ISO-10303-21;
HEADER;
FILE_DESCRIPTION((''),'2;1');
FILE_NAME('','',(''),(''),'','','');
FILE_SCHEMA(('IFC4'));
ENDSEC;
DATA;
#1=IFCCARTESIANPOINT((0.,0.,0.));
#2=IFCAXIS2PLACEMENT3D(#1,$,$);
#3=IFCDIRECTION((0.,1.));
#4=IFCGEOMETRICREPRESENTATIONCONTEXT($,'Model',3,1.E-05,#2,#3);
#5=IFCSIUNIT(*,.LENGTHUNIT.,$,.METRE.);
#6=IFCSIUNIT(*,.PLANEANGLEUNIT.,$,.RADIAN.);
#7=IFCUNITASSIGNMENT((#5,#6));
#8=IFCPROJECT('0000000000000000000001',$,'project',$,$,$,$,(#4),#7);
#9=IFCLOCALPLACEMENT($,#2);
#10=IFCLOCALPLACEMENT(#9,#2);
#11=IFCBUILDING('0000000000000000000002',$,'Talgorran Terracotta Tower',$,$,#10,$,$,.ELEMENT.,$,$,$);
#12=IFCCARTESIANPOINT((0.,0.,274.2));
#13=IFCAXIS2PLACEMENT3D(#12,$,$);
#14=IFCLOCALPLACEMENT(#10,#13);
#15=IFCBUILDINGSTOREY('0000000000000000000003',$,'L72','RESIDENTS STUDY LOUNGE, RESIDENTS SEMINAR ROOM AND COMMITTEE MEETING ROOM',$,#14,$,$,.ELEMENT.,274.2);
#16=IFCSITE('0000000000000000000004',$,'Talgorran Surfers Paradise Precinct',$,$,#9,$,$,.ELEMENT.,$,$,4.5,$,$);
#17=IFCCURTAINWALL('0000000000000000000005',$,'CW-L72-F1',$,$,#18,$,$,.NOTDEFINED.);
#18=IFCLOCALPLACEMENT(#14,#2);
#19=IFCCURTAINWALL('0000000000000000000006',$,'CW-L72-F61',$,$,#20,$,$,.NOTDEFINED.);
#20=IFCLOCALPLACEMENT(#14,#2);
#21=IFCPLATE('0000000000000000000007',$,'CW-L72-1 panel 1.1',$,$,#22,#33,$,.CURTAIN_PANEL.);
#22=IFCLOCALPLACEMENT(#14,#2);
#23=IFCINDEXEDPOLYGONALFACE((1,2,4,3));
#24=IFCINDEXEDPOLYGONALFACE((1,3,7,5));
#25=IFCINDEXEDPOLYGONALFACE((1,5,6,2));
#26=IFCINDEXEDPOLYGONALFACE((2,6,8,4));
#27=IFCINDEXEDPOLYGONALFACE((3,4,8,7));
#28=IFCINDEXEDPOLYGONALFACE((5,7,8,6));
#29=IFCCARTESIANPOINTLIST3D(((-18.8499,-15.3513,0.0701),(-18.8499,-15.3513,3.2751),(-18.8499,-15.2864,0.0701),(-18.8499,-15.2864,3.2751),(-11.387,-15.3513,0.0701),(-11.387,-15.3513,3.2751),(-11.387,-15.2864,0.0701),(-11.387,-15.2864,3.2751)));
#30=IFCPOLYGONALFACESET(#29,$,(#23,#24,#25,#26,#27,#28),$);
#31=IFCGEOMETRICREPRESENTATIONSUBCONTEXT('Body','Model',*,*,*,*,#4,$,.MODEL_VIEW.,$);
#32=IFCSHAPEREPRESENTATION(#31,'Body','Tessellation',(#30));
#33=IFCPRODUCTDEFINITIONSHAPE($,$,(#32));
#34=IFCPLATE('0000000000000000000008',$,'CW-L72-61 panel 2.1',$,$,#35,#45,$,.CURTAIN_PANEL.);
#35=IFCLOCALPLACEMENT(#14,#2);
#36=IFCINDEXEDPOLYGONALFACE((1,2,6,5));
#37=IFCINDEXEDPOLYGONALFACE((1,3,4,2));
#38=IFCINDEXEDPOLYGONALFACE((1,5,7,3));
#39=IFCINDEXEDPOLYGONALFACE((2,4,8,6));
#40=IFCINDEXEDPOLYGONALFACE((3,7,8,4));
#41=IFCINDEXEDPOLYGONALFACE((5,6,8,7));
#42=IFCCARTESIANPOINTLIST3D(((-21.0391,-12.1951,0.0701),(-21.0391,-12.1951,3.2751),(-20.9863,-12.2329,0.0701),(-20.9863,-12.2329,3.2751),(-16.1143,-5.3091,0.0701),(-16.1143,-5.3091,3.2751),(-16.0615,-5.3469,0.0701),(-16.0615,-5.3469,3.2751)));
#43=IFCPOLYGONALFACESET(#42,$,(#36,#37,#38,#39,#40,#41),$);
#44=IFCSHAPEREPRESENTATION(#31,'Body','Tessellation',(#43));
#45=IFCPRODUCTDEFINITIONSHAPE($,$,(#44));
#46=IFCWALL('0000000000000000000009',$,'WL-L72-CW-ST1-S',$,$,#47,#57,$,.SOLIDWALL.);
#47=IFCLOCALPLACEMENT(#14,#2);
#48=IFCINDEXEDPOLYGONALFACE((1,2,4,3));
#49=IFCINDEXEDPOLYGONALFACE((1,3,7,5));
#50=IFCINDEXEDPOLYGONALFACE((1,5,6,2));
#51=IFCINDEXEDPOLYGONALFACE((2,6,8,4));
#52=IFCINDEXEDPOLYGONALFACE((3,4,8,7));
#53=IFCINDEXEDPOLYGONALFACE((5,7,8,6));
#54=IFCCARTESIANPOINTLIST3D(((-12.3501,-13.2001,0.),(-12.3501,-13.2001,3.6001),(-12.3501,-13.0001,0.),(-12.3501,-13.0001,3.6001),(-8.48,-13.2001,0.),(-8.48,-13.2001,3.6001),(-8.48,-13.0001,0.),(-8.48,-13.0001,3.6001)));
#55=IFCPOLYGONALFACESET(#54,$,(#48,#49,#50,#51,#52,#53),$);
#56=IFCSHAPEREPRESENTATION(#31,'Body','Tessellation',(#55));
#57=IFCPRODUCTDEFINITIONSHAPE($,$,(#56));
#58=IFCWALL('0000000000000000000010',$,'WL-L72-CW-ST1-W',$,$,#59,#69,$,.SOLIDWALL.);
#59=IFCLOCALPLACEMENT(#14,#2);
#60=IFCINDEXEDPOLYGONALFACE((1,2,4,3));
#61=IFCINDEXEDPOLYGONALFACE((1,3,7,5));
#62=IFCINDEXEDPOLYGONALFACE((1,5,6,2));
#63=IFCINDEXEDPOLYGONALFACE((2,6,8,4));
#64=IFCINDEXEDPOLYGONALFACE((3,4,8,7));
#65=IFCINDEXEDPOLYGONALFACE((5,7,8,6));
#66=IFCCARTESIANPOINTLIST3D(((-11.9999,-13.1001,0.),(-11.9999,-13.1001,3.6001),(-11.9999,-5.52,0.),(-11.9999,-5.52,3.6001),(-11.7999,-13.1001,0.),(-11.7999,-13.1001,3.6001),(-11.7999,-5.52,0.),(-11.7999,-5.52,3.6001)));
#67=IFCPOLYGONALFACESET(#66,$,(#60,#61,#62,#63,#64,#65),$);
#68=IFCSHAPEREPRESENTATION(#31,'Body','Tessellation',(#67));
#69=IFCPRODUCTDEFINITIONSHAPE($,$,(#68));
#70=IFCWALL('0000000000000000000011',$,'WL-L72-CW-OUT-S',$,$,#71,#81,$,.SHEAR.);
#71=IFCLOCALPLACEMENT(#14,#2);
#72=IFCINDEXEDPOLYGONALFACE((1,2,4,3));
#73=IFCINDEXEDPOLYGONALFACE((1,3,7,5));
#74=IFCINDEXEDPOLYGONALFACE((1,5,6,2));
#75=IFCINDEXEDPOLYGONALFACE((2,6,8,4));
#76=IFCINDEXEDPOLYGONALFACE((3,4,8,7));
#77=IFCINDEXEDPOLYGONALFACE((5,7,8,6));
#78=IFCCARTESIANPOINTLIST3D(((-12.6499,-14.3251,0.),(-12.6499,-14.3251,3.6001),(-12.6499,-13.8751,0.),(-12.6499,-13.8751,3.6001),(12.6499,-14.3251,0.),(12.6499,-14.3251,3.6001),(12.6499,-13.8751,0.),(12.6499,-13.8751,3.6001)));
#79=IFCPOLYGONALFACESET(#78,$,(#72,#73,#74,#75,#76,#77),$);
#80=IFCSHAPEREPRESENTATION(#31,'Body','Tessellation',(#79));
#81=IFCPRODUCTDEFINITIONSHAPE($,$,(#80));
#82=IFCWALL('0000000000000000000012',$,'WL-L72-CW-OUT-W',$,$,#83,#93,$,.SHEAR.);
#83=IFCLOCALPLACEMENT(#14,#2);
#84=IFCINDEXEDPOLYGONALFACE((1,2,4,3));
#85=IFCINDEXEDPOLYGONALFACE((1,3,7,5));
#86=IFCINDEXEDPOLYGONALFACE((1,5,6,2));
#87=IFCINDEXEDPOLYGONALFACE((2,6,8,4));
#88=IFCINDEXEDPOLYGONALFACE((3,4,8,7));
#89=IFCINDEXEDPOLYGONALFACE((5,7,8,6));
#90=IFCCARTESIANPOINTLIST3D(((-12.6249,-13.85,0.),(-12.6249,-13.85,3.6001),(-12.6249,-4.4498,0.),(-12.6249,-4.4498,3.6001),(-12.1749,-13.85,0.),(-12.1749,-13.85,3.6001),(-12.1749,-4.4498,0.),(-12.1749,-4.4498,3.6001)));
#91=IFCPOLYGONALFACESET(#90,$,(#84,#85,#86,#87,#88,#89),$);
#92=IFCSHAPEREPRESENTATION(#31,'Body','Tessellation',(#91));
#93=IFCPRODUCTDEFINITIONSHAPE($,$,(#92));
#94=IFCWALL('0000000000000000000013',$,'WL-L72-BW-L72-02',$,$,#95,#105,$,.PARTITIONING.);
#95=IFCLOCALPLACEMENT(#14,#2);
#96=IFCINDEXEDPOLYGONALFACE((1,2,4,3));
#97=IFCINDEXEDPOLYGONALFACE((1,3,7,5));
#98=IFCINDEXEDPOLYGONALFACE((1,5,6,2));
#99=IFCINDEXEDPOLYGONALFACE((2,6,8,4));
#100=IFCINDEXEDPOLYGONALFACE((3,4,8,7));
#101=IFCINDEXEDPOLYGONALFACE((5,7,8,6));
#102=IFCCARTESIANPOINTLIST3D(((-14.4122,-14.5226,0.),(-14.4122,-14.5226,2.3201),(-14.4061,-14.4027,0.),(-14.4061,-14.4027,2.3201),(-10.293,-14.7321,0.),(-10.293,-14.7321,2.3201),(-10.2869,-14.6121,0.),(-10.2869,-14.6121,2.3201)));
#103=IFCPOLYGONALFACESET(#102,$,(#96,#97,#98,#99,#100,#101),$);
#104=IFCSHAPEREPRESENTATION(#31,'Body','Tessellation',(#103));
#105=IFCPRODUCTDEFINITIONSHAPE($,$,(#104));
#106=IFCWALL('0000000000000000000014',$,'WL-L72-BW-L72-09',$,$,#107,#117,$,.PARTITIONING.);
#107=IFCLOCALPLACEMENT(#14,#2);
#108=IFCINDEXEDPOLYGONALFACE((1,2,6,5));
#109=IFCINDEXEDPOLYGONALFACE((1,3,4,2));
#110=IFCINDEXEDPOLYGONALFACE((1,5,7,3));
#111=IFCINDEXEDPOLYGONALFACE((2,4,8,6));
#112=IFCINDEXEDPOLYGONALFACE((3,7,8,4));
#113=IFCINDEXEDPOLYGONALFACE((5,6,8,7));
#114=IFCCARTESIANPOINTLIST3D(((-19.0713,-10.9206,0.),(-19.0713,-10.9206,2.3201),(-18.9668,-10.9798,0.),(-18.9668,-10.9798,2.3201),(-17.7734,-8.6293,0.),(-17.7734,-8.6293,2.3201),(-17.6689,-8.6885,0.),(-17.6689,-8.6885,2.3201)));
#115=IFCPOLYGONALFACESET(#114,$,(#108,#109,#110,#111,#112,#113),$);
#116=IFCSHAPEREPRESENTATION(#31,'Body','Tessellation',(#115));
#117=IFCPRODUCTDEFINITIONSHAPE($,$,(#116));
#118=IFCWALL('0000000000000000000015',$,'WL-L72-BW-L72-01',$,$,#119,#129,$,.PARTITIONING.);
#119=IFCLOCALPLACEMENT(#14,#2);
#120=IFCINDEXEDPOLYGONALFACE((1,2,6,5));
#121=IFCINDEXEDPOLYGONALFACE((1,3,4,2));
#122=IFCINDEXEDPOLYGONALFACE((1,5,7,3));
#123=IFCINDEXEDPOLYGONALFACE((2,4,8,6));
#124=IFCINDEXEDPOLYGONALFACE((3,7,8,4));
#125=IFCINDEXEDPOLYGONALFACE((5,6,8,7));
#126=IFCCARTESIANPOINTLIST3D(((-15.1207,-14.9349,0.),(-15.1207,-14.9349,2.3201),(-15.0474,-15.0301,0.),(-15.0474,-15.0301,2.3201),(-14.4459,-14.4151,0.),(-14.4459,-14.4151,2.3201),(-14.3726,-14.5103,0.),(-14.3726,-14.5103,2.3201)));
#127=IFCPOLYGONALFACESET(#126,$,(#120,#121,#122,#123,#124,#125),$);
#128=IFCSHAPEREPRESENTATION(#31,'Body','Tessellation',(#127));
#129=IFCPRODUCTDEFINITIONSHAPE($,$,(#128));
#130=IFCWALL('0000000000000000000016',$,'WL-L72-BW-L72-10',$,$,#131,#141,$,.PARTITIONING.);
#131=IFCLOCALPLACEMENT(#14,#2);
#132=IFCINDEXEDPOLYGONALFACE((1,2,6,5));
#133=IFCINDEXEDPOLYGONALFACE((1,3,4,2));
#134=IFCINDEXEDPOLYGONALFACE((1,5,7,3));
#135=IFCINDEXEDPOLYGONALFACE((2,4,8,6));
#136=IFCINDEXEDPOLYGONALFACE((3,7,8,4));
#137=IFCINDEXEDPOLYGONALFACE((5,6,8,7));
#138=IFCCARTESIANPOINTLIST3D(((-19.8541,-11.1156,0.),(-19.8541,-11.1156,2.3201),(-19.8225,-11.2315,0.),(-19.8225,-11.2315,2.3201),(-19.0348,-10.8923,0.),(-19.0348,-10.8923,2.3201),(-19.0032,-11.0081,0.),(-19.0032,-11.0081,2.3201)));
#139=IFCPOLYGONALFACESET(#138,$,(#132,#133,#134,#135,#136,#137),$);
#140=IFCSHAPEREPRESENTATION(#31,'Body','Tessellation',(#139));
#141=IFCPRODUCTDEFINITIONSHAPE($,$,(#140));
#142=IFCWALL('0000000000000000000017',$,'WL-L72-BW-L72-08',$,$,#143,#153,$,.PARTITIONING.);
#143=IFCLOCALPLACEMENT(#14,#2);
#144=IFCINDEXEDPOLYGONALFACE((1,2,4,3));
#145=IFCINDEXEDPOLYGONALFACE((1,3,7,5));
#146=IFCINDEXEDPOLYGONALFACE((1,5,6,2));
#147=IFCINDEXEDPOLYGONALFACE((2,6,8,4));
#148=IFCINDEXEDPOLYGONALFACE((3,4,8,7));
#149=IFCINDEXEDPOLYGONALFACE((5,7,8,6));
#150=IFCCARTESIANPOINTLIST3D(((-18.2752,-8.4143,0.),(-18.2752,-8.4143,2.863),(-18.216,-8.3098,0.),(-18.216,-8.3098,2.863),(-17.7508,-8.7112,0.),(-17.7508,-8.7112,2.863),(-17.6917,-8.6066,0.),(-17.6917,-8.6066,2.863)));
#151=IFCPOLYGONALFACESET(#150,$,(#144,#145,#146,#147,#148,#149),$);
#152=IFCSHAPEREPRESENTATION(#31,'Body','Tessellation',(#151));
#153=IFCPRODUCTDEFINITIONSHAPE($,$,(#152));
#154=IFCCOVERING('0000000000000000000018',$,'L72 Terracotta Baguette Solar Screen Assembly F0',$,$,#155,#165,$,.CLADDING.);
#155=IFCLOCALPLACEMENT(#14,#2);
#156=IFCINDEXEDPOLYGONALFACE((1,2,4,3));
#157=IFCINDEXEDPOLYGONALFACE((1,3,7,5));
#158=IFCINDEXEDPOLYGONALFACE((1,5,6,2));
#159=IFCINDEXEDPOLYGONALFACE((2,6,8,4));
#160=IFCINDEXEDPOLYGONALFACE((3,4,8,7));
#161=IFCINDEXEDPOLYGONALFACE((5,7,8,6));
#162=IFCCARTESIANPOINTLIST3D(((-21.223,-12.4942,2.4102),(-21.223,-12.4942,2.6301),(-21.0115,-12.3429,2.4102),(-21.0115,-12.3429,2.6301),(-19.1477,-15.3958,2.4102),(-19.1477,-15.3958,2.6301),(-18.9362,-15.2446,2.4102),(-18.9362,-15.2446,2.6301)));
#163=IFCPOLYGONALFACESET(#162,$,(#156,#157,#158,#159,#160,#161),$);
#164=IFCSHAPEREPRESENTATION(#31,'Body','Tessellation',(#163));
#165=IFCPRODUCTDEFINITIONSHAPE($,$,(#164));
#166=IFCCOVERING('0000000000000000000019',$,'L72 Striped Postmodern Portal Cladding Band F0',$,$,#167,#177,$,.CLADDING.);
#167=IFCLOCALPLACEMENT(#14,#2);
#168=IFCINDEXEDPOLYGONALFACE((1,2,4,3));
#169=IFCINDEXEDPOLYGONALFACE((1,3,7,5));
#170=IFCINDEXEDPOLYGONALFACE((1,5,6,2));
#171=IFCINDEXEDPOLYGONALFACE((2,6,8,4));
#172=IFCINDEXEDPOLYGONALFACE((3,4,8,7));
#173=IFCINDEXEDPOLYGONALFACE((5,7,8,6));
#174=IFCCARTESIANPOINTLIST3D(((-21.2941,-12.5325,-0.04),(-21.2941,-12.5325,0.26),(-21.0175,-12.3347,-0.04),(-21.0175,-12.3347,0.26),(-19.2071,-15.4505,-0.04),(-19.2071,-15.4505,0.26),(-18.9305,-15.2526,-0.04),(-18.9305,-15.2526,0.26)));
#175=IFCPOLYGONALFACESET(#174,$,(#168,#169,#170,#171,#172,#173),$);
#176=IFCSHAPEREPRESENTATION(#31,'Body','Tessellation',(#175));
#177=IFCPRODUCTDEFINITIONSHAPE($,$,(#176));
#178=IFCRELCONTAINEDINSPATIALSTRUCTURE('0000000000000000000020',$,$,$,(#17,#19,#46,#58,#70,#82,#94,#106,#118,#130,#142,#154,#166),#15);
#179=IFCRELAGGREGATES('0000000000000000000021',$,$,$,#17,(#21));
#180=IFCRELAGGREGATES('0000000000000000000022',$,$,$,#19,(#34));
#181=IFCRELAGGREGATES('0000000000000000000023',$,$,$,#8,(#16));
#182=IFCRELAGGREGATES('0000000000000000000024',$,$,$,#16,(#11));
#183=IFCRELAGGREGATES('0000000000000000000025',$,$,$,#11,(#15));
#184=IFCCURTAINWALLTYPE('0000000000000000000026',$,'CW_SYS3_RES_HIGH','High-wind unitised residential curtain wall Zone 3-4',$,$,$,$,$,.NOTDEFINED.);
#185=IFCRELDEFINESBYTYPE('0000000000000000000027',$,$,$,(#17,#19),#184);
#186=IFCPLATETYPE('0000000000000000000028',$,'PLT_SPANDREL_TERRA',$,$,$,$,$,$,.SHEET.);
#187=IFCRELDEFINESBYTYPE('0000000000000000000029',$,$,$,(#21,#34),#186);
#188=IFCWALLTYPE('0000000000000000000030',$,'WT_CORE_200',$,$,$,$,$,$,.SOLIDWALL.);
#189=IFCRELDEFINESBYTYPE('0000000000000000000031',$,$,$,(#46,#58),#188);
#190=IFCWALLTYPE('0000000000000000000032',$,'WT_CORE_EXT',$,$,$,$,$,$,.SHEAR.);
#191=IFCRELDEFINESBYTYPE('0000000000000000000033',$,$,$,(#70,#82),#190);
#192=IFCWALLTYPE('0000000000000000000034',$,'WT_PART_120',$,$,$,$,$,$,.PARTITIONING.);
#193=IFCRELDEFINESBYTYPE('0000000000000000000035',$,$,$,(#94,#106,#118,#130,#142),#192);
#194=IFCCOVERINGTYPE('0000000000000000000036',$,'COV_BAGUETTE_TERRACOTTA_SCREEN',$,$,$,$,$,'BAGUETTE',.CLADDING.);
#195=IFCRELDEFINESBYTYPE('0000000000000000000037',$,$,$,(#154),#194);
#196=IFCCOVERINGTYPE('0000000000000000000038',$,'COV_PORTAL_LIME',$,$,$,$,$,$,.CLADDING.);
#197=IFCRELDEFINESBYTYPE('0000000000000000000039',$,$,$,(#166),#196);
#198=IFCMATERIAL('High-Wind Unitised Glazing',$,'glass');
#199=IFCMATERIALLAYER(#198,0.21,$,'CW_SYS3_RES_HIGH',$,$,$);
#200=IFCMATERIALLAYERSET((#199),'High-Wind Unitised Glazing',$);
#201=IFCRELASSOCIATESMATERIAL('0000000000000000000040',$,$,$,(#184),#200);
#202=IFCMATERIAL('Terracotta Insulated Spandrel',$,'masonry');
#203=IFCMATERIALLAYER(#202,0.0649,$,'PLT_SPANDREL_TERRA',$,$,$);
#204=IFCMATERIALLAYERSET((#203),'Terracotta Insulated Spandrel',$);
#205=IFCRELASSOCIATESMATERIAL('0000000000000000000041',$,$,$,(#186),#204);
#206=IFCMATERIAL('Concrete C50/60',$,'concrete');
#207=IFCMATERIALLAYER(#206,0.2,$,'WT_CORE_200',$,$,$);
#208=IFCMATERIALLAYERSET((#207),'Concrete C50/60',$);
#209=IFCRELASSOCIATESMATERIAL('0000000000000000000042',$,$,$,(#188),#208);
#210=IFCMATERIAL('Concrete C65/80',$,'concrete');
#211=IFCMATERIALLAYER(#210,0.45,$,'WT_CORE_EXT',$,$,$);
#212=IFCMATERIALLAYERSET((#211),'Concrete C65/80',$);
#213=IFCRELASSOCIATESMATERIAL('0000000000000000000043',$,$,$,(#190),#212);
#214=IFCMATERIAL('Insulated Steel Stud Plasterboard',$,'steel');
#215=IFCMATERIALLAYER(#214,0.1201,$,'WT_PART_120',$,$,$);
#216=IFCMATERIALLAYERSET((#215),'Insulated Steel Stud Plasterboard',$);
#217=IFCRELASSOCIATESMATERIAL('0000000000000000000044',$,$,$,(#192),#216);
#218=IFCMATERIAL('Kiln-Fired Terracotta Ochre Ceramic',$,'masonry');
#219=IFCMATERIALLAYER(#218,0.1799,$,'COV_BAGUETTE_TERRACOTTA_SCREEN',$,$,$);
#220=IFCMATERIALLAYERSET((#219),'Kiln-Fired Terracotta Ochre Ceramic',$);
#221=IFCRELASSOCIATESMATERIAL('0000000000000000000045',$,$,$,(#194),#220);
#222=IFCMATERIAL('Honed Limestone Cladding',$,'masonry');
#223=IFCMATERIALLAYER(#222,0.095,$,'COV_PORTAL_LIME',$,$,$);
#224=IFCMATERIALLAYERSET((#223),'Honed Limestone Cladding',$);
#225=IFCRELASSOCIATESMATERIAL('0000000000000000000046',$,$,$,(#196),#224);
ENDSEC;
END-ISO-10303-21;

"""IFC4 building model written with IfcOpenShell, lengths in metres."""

from ifc_helpers import new_model, si_unit, direction, frame, frame_2d, origin, origin_2d, place, context, subcontext, project, spatial, rectangle, extrude, source, transform, mapped, material, layer, layer_set, type_object, type_shapes, element, aggregate, save


model = new_model("IFC4")

# Units and contexts
model_context = context("Model", 3, precision=1e-05, world=origin(), true_north=direction((0.0, 1.0)))
body_context = subcontext(model_context, "Body", "Model", "MODEL_VIEW")
ifc_project = project(units=[si_unit("LENGTHUNIT", "METRE"), si_unit("PLANEANGLEUNIT", "RADIAN")], contexts=[model_context])

# Site, building, storey
site_placement = place(None, origin())
site = spatial("IfcSite", under=ifc_project, at=site_placement, Name="Talgorran Surfers Paradise Precinct", CompositionType="ELEMENT", RefElevation=4.5)
building_placement = place(site_placement, origin())
building = spatial("IfcBuilding", under=site, at=building_placement, Name="Talgorran Terracotta Tower", CompositionType="ELEMENT")
storey_placement = place(building_placement, frame((0.0, 0.0, 274.2)))
storey = spatial("IfcBuildingStorey", under=building, at=storey_placement, Name="L72", Description="RESIDENTS STUDY LOUNGE, RESIDENTS SEMINAR ROOM AND COMMITTEE MEETING ROOM", CompositionType="ELEMENT", Elevation=274.2)

# Curtain wall
ifc_material_1 = material(Name="High-Wind Unitised Glazing", Category="glass")
ifc_layer_1 = layer(ifc_material_1, 0.21, Name="CW_SYS3_RES_HIGH")
ifc_layer_set_1 = layer_set([ifc_layer_1], Name="High-Wind Unitised Glazing")
curtain_wall_type = type_object("IfcCurtainWallType", Name="CW_SYS3_RES_HIGH", Description="High-wind unitised residential curtain wall Zone 3-4", PredefinedType="NOTDEFINED", material=ifc_layer_set_1)
curtain_wall_1_placement = place(storey_placement, origin())
curtain_wall_1 = element("IfcCurtainWall", 1, at=curtain_wall_1_placement, inside=storey, type_object=curtain_wall_type, Name="CW-L72-F1", PredefinedType="NOTDEFINED")

# Curtain wall
curtain_wall_2_placement = place(storey_placement, origin())
curtain_wall_2 = element("IfcCurtainWall", 2, at=curtain_wall_2_placement, inside=storey, type_object=curtain_wall_type, Name="CW-L72-F61", PredefinedType="NOTDEFINED")

# Plates
ifc_material_2 = material(Name="Terracotta Insulated Spandrel", Category="masonry")
ifc_layer_2 = layer(ifc_material_2, 0.0649, Name="PLT_SPANDREL_TERRA")
ifc_layer_set_2 = layer_set([ifc_layer_2], Name="Terracotta Insulated Spandrel")
plate_type_1 = type_object("IfcPlateType", Name="PLT_SPANDREL_TERRA", PredefinedType="SHEET", material=ifc_layer_set_2)
shared_shape_1 = source(origin(), body_context, "Body", "SweptSolid", [
    extrude(rectangle(XDim=7.4629, YDim=0.0649, at=origin_2d()), origin(), (0.0, 0.0, 1.0), 3.2051),
])
plate_1_placement = place(storey_placement, frame((-15.1184, -15.3188, 0.0701), z_axis=(0.0, 0.0, 1.0), x_axis=(1.0, 0.0, 0.0)))
plate_1 = element("IfcPlate", 3, at=plate_1_placement, type_object=plate_type_1, Name="CW-L72-1 panel 1.1", PredefinedType="CURTAIN_PANEL", context=body_context, shape_type="MappedRepresentation", body=[
    mapped(shared_shape_1, transform((0.0, 0.0, 0.0), scale=1.0)),
])
aggregate(curtain_wall_1, [plate_1])
shared_shape_2 = source(origin(), body_context, "Body", "SweptSolid", [
    extrude(rectangle(XDim=8.4658, YDim=0.0649, at=origin_2d()), origin(), (0.0, 0.0, 1.0), 3.2051),
])
type_shapes(plate_type_1, [shared_shape_1, shared_shape_2])
plate_2_placement = place(storey_placement, frame((-18.5503, -8.771, 0.0701), z_axis=(0.0, 0.0, 1.0), x_axis=(-0.581731, -0.813381, 0.0)))
plate_2 = element("IfcPlate", 4, at=plate_2_placement, type_object=plate_type_1, Name="CW-L72-61 panel 2.1", PredefinedType="CURTAIN_PANEL", context=body_context, shape_type="MappedRepresentation", body=[
    mapped(shared_shape_2, transform((0.0, 0.0, 0.0), scale=1.0)),
])
aggregate(curtain_wall_2, [plate_2])

# Walls
ifc_material_3 = material(Name="Concrete C50/60", Category="concrete")
ifc_layer_3 = layer(ifc_material_3, 0.2, Name="WT_CORE_200")
ifc_layer_set_3 = layer_set([ifc_layer_3], Name="Concrete C50/60")
wall_type_1 = type_object("IfcWallType", Name="WT_CORE_200", PredefinedType="SOLIDWALL", material=ifc_layer_set_3)
wall_1_placement = place(storey_placement, frame((-12.3501, -13.1001, 0.0), z_axis=(0.0, 0.0, 1.0), x_axis=(1.0, 0.0, 0.0)))
element("IfcWall", 5, at=wall_1_placement, inside=storey, type_object=wall_type_1, Name="WL-L72-CW-ST1-S", PredefinedType="SOLIDWALL", context=body_context, shape_type="SweptSolid", body=[
    extrude(rectangle(XDim=3.8701, YDim=0.2, at=frame_2d((1.9351, 0.0))), origin(), (0.0, 0.0, 1.0), 3.6001),
])
wall_2_placement = place(storey_placement, frame((-11.8999, -13.1001, 0.0), z_axis=(0.0, 0.0, 1.0), x_axis=(0.0, 1.0, 0.0)))
element("IfcWall", 6, at=wall_2_placement, inside=storey, type_object=wall_type_1, Name="WL-L72-CW-ST1-W", PredefinedType="SOLIDWALL", context=body_context, shape_type="SweptSolid", body=[
    extrude(rectangle(XDim=7.5801, YDim=0.2, at=frame_2d((3.79, 0.0))), origin(), (0.0, 0.0, 1.0), 3.6001),
])
ifc_material_4 = material(Name="Concrete C65/80", Category="concrete")
ifc_layer_4 = layer(ifc_material_4, 0.45, Name="WT_CORE_EXT")
ifc_layer_set_4 = layer_set([ifc_layer_4], Name="Concrete C65/80")
wall_type_2 = type_object("IfcWallType", Name="WT_CORE_EXT", PredefinedType="SHEAR", material=ifc_layer_set_4)
wall_3_placement = place(storey_placement, frame((-12.6499, -14.1001, 0.0), z_axis=(0.0, 0.0, 1.0), x_axis=(1.0, 0.0, 0.0)))
element("IfcWall", 7, at=wall_3_placement, inside=storey, type_object=wall_type_2, Name="WL-L72-CW-OUT-S", PredefinedType="SHEAR", context=body_context, shape_type="SweptSolid", body=[
    extrude(rectangle(XDim=25.2998, YDim=0.45, at=frame_2d((12.6499, 0.0))), origin(), (0.0, 0.0, 1.0), 3.6001),
])
wall_4_placement = place(storey_placement, frame((-12.3999, -13.8501, 0.0), z_axis=(0.0, 0.0, 1.0), x_axis=(0.0, 1.0, 0.0)))
element("IfcWall", 8, at=wall_4_placement, inside=storey, type_object=wall_type_2, Name="WL-L72-CW-OUT-W", PredefinedType="SHEAR", context=body_context, shape_type="SweptSolid", body=[
    extrude(rectangle(XDim=9.4001, YDim=0.45, at=frame_2d((4.7002, 0.0))), origin(), (0.0, 0.0, 1.0), 3.6001),
])
ifc_material_5 = material(Name="Insulated Steel Stud Plasterboard", Category="steel")
ifc_layer_5 = layer(ifc_material_5, 0.1201, Name="WT_PART_120")
ifc_layer_set_5 = layer_set([ifc_layer_5], Name="Insulated Steel Stud Plasterboard")
wall_type_3 = type_object("IfcWallType", Name="WT_PART_120", PredefinedType="PARTITIONING", material=ifc_layer_set_5)
wall_5_placement = place(storey_placement, frame((-14.4092, -14.4626, 0.0), z_axis=(0.0, 0.0, 1.0), x_axis=(0.998709, -0.050788, 0.0)))
element("IfcWall", 9, at=wall_5_placement, inside=storey, type_object=wall_type_3, Name="WL-L72-BW-L72-02", PredefinedType="PARTITIONING", context=body_context, shape_type="SweptSolid", body=[
    extrude(rectangle(XDim=4.1245, YDim=0.1201, at=frame_2d((2.0623, 0.0))), origin(), (0.0, 0.0, 1.0), 2.3201),
])
wall_6_placement = place(storey_placement, frame((-17.7212, -8.6589, 0.0), z_axis=(0.0, 0.0, 1.0), x_axis=(-0.492861, -0.870108, 0.0)))
element("IfcWall", 10, at=wall_6_placement, inside=storey, type_object=wall_type_3, Name="WL-L72-BW-L72-09", PredefinedType="PARTITIONING", context=body_context, shape_type="SweptSolid", body=[
    extrude(rectangle(XDim=2.6333, YDim=0.1201, at=frame_2d((1.3167, 0.0))), origin(), (0.0, 0.0, 1.0), 2.3201),
])
wall_7_placement = place(storey_placement, frame((-15.084, -14.9824, 0.0), z_axis=(0.0, 0.0, 1.0), x_axis=(0.79223, 0.610223, 0.0)))
element("IfcWall", 11, at=wall_7_placement, inside=storey, type_object=wall_type_3, Name="WL-L72-BW-L72-01", PredefinedType="PARTITIONING", context=body_context, shape_type="SweptSolid", body=[
    extrude(rectangle(XDim=0.8518, YDim=0.1201, at=frame_2d((0.4258, 0.0))), origin(), (0.0, 0.0, 1.0), 2.3201),
])
wall_8_placement = place(storey_placement, frame((-19.019, -10.9502, 0.0), z_axis=(0.0, 0.0, 1.0), x_axis=(-0.964784, -0.263044, 0.0)))
element("IfcWall", 12, at=wall_8_placement, inside=storey, type_object=wall_type_3, Name="WL-L72-BW-L72-10", PredefinedType="PARTITIONING", context=body_context, shape_type="SweptSolid", body=[
    extrude(rectangle(XDim=0.8491, YDim=0.1201, at=frame_2d((0.4246, 0.0))), origin(), (0.0, 0.0, 1.0), 2.3201),
])
wall_9_placement = place(storey_placement, frame((-18.2456, -8.3621, 0.0), z_axis=(0.0, 0.0, 1.0), x_axis=(0.870231, -0.492645, 0.0)))
element("IfcWall", 13, at=wall_9_placement, inside=storey, type_object=wall_type_3, Name="WL-L72-BW-L72-08", PredefinedType="PARTITIONING", context=body_context, shape_type="SweptSolid", body=[
    extrude(rectangle(XDim=0.6025, YDim=0.1201, at=frame_2d((0.3013, 0.0))), origin(), (0.0, 0.0, 1.0), 2.863),
])

# Coverings
ifc_material_6 = material(Name="Kiln-Fired Terracotta Ochre Ceramic", Category="masonry")
ifc_layer_6 = layer(ifc_material_6, 0.1799, Name="COV_BAGUETTE_TERRACOTTA_SCREEN")
ifc_layer_set_6 = layer_set([ifc_layer_6], Name="Kiln-Fired Terracotta Ochre Ceramic")
covering_type_1 = type_object("IfcCoveringType", Name="COV_BAGUETTE_TERRACOTTA_SCREEN", ElementType="BAGUETTE", PredefinedType="CLADDING", material=ifc_layer_set_6)
covering_1_placement = place(storey_placement, frame((-20.0796, -13.8694, 2.4102), z_axis=(0.0, 0.0, 1.0), x_axis=(0.58174, -0.813375, 0.0)))
element("IfcCovering", 14, at=covering_1_placement, inside=storey, type_object=covering_type_1, Name="L72 Terracotta Baguette Solar Screen Assembly F0", PredefinedType="CLADDING", context=body_context, shape_type="SweptSolid", body=[
    extrude(rectangle(XDim=3.5674, YDim=0.26, at=origin_2d()), origin(), (0.0, 0.0, 1.0), 0.22),
])
ifc_material_7 = material(Name="Honed Limestone Cladding", Category="masonry")
ifc_layer_7 = layer(ifc_material_7, 0.095, Name="COV_PORTAL_LIME")
ifc_layer_set_7 = layer_set([ifc_layer_7], Name="Honed Limestone Cladding")
covering_type_2 = type_object("IfcCoveringType", Name="COV_PORTAL_LIME", PredefinedType="CLADDING", material=ifc_layer_set_7)
covering_2_placement = place(storey_placement, frame((-20.1123, -13.8926, -0.04), z_axis=(0.0, 0.0, 1.0), x_axis=(0.58174, -0.813375, 0.0)))
element("IfcCovering", 15, at=covering_2_placement, inside=storey, type_object=covering_type_2, Name="L72 Striped Postmodern Portal Cladding Band F0", PredefinedType="CLADDING", context=body_context, shape_type="SweptSolid", body=[
    extrude(rectangle(XDim=3.5874, YDim=0.3401, at=origin_2d()), origin(), (0.0, 0.0, 1.0), 0.3),
])

save(model, "model.ifc")
